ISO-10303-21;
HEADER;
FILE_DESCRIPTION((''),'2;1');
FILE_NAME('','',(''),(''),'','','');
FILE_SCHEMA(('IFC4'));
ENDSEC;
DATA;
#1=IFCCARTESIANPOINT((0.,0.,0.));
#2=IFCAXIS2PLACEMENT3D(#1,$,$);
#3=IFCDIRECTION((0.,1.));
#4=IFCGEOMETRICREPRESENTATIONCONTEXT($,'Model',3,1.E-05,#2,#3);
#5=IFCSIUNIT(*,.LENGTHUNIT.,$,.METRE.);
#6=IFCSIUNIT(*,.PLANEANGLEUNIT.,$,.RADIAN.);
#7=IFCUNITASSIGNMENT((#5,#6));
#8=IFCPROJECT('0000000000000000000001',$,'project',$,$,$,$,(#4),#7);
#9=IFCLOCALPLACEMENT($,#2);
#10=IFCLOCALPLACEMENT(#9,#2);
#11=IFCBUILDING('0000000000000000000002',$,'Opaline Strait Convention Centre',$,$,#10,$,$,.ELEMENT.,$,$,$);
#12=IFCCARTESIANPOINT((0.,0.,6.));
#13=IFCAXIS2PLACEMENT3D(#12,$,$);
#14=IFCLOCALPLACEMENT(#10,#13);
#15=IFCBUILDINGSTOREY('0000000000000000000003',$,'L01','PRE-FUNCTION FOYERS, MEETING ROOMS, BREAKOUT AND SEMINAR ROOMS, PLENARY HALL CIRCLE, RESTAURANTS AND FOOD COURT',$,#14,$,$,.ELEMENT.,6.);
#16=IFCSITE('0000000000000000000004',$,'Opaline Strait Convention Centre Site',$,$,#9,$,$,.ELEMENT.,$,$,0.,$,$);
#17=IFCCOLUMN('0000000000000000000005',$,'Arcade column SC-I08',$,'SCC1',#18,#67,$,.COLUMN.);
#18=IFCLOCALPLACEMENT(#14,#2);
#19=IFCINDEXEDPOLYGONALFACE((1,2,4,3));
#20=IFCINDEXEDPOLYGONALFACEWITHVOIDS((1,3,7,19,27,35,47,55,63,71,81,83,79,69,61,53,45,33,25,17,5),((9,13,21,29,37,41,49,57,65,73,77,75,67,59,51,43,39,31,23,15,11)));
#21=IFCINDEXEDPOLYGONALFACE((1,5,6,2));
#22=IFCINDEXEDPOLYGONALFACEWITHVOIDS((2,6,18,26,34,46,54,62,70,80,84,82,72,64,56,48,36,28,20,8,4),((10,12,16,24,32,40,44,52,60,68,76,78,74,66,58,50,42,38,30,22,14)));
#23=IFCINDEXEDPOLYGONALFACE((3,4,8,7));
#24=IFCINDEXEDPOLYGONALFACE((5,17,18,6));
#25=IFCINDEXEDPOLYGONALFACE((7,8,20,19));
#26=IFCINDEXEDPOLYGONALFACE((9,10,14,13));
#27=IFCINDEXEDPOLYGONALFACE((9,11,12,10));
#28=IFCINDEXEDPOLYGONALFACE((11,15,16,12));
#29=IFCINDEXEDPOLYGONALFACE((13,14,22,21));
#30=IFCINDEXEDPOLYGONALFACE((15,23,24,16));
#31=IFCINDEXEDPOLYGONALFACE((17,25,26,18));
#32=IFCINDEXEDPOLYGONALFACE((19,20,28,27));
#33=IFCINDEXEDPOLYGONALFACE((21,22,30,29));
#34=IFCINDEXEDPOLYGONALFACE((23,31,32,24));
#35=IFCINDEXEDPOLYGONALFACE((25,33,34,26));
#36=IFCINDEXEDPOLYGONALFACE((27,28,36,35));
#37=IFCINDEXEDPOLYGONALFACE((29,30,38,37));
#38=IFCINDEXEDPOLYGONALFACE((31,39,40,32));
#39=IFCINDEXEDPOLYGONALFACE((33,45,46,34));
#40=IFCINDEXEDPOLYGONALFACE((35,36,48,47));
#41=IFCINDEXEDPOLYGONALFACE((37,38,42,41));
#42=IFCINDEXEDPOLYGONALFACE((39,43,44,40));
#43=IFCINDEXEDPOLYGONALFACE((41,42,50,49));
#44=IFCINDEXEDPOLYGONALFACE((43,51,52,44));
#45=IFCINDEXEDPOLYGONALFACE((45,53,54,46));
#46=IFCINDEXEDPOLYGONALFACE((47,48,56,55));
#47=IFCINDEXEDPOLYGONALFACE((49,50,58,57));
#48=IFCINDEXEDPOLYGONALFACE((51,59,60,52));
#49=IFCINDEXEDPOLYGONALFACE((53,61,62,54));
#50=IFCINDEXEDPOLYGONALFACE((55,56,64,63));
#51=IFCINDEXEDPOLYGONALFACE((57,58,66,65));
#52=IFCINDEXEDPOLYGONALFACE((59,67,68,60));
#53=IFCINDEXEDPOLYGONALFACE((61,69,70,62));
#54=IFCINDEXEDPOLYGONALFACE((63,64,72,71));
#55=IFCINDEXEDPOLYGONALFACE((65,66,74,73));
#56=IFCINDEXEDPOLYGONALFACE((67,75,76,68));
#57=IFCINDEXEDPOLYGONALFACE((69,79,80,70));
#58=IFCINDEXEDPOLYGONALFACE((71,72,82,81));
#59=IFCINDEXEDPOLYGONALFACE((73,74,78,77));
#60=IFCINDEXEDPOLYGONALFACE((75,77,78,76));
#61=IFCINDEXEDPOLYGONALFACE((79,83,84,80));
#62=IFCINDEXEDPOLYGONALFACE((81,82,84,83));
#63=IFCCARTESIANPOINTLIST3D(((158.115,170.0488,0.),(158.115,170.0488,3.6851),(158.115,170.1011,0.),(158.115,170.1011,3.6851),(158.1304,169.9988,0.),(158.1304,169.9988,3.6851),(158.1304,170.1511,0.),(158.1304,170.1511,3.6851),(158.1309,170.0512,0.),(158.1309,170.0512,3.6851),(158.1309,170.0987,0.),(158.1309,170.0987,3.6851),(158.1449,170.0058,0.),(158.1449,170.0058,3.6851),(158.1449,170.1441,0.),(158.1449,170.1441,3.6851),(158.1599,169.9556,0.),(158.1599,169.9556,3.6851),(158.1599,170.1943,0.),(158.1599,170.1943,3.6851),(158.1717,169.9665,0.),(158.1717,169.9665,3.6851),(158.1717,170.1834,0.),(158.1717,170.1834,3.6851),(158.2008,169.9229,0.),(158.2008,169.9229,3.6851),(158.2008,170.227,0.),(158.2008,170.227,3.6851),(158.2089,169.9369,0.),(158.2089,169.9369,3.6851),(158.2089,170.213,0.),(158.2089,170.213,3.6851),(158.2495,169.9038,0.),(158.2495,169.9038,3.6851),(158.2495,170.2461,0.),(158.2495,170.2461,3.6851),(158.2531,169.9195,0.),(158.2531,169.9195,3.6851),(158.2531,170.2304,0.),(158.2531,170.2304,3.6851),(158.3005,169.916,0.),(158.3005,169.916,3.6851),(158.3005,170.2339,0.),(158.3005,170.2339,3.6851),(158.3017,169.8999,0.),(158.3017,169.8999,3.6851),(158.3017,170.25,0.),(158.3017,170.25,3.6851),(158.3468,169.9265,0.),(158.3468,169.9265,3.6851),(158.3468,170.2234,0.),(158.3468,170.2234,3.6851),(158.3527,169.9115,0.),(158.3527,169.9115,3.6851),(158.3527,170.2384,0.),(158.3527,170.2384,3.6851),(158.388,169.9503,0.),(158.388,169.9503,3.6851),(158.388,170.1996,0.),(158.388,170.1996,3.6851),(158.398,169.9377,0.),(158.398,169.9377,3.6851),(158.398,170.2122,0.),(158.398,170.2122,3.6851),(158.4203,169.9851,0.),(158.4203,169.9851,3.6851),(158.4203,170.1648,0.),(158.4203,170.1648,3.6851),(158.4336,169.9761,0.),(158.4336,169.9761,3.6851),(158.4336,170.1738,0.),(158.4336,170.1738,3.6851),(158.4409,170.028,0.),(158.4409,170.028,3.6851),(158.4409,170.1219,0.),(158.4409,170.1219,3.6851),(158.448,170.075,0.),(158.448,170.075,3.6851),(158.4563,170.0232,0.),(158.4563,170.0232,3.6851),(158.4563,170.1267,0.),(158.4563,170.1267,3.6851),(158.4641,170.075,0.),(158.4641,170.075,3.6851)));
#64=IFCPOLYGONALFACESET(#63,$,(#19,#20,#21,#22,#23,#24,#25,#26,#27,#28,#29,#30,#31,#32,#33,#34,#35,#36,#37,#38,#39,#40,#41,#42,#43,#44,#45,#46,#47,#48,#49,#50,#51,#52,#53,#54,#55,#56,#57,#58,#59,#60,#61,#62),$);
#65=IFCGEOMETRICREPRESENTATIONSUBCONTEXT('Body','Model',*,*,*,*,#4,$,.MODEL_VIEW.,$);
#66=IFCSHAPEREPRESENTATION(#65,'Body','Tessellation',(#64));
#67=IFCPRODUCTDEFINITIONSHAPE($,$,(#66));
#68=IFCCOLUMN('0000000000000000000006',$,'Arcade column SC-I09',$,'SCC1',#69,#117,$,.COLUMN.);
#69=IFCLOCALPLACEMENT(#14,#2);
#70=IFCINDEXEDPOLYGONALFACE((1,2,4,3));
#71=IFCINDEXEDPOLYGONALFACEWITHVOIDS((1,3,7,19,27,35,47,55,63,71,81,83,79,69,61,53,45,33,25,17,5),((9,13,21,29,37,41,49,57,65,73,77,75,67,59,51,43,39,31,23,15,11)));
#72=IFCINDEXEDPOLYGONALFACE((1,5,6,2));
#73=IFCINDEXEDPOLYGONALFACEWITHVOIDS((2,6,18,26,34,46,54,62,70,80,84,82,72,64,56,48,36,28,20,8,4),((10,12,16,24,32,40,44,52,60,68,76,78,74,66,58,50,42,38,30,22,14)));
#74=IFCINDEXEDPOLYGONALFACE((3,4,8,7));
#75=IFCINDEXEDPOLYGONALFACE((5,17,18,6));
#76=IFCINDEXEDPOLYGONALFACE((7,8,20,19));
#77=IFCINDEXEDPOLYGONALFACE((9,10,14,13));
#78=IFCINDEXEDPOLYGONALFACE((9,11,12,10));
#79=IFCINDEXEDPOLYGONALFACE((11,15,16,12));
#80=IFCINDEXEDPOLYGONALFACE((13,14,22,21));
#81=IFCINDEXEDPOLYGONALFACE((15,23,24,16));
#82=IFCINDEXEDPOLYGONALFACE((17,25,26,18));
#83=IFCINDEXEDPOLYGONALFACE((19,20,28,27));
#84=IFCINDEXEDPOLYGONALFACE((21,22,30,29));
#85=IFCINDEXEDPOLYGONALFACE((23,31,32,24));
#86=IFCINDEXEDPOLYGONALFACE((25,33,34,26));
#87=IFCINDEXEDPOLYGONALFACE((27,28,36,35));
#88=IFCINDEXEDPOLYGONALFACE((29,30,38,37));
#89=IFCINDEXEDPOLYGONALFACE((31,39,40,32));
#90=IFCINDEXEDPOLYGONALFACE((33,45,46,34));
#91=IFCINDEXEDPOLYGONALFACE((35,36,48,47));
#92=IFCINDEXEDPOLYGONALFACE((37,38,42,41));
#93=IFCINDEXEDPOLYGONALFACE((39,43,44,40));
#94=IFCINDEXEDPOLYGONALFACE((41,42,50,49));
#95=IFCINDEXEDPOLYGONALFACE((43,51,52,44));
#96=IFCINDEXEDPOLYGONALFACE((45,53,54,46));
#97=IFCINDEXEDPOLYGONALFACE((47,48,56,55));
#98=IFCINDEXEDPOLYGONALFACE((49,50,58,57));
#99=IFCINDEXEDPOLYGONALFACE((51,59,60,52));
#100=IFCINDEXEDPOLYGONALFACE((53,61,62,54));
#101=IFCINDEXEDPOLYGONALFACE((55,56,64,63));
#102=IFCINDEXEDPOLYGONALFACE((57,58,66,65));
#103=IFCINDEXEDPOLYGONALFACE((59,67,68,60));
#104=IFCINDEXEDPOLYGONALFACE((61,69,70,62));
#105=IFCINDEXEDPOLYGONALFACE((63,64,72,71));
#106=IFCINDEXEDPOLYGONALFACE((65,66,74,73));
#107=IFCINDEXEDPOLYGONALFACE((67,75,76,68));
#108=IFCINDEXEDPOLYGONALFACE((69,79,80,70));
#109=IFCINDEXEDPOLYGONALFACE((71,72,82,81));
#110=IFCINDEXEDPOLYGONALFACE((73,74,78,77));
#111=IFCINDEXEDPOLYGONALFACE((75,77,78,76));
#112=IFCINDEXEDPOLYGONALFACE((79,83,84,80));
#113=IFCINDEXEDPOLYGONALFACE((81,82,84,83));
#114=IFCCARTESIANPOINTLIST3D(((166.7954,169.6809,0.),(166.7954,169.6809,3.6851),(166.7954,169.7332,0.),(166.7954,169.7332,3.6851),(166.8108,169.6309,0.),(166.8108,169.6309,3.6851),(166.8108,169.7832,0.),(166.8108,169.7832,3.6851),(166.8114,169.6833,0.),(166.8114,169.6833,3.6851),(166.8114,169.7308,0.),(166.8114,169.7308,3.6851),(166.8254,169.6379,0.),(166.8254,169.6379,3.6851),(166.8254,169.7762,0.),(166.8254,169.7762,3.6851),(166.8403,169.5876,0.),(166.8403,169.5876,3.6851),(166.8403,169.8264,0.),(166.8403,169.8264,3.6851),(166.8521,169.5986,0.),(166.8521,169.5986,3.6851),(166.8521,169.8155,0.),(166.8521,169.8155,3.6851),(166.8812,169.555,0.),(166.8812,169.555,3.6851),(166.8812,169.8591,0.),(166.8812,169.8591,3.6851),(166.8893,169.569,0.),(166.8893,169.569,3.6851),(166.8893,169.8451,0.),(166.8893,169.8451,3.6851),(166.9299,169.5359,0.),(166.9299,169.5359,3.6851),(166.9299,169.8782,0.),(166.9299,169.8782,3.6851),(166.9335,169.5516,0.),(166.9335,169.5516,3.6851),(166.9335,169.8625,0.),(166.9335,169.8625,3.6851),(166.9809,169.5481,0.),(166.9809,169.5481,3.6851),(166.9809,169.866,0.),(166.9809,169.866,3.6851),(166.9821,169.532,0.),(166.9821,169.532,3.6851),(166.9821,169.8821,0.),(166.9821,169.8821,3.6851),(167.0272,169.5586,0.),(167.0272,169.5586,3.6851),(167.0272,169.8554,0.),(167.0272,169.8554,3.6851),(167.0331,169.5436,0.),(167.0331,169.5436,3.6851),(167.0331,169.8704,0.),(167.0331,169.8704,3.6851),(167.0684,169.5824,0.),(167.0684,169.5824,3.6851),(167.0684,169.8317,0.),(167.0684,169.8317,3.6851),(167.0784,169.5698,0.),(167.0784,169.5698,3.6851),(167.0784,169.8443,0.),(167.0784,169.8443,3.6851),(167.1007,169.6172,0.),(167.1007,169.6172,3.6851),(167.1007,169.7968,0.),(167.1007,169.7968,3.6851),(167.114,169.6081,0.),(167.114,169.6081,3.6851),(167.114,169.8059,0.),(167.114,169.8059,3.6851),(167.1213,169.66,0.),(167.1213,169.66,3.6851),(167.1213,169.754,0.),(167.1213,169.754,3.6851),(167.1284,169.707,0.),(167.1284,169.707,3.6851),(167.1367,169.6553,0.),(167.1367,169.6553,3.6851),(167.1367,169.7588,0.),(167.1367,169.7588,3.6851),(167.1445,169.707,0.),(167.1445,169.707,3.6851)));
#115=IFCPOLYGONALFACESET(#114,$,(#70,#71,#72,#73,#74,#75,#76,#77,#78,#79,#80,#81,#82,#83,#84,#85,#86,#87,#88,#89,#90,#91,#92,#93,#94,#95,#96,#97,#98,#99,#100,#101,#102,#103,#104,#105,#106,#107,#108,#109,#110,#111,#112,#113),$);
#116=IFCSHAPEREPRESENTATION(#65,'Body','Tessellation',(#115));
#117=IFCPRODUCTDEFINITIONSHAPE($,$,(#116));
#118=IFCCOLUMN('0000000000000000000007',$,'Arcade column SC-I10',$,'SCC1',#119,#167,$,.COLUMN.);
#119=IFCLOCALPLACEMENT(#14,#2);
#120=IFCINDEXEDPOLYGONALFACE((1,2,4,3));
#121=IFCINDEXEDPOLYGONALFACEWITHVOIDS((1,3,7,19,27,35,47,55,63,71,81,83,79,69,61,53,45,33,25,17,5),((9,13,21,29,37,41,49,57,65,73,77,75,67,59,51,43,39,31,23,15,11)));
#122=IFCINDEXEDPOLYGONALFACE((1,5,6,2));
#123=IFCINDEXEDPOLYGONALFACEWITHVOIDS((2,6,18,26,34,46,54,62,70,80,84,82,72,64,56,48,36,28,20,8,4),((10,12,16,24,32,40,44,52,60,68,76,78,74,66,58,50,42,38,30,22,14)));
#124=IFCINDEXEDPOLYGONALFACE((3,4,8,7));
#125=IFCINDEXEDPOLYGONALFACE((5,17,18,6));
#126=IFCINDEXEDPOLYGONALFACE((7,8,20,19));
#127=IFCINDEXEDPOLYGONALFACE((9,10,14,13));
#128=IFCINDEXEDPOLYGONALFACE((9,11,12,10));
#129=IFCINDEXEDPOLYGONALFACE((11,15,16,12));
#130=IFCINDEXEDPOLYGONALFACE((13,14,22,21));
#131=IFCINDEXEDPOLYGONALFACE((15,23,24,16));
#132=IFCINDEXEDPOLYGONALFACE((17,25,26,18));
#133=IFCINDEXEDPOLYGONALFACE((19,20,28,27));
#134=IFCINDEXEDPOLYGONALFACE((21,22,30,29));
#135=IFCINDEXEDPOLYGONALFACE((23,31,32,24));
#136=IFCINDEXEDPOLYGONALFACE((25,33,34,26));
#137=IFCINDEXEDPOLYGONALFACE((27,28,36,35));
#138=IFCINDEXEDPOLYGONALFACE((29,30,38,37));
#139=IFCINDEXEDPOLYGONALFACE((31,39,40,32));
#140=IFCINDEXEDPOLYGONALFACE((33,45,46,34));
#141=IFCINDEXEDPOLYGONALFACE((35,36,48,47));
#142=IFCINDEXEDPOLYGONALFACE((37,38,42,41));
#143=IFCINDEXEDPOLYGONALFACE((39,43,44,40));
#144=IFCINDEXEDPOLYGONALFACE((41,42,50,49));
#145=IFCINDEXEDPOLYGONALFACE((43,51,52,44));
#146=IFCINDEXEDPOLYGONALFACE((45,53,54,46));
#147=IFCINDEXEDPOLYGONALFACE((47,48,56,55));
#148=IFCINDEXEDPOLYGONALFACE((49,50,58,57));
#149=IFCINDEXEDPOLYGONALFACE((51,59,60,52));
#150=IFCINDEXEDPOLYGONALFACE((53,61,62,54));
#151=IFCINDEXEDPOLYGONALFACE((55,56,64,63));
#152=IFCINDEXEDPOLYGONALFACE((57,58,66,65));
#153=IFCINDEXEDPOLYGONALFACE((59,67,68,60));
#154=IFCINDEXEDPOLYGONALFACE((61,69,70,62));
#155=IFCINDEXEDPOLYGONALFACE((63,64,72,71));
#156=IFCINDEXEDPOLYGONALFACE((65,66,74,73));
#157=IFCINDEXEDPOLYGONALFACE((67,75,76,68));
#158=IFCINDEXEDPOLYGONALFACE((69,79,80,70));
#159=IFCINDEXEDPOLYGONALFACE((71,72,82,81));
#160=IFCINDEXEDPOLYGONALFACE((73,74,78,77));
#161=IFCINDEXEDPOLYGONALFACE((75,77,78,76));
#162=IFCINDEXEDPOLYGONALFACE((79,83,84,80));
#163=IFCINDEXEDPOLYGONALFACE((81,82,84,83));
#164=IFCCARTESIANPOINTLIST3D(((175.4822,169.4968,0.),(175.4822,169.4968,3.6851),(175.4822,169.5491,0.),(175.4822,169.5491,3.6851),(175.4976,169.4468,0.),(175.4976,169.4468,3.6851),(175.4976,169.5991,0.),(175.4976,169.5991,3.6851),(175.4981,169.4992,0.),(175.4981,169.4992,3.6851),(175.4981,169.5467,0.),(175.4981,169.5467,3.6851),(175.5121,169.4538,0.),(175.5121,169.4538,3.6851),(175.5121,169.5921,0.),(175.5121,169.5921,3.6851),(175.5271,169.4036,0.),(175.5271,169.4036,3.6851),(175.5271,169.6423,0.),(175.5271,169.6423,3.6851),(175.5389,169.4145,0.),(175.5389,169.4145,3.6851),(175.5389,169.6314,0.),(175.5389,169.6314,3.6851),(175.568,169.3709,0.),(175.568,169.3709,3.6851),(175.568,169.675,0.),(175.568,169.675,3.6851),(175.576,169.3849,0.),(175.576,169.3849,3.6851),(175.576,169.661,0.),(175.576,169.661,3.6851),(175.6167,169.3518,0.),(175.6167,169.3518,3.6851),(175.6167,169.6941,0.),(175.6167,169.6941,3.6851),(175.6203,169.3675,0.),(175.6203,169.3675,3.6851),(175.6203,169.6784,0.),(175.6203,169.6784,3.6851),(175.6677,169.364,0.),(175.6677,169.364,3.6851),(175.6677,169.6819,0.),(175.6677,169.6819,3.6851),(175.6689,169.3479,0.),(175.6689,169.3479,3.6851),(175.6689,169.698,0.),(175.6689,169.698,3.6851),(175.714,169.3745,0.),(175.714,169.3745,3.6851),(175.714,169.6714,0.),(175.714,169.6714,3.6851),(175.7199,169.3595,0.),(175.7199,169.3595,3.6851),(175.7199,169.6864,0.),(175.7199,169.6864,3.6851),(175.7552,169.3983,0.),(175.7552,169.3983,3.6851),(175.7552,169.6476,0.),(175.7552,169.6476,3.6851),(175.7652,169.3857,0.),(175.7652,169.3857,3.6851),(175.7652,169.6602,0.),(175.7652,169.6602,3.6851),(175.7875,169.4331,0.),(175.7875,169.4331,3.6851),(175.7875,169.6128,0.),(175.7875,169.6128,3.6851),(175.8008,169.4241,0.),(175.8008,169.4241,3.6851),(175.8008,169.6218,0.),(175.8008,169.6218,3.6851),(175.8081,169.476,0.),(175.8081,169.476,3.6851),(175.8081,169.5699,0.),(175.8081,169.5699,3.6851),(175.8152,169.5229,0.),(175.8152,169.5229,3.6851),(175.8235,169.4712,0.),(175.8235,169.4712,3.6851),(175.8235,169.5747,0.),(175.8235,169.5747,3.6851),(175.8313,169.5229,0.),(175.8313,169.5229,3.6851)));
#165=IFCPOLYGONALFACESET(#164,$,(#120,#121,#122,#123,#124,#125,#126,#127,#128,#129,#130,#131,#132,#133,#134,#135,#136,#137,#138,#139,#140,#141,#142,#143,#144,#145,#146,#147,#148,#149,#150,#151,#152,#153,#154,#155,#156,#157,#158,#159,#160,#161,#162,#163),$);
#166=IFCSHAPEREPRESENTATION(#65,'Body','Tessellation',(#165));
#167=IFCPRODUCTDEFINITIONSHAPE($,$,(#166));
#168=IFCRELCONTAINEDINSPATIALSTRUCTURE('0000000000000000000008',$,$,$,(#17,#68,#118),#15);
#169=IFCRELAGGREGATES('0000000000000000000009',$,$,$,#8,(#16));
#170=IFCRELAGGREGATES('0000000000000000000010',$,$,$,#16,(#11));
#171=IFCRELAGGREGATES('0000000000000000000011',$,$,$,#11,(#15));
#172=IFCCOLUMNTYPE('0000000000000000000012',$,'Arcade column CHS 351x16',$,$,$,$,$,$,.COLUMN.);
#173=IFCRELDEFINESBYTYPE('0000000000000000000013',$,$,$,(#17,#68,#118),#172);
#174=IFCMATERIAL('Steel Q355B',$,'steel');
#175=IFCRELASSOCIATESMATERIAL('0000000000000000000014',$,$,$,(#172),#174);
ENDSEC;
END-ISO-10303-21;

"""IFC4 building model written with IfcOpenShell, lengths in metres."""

from ifc_helpers import new_model, si_unit, direction, frame, origin, origin_2d, place, context, subcontext, project, spatial, hollow_circle, extrude, material, material_profile, profile_set, type_object, element, save


model = new_model("IFC4")

# Units and contexts
model_context = context("Model", 3, precision=1e-05, world=origin(), true_north=direction((0.0, 1.0)))
body_context = subcontext(model_context, "Body", "Model", "MODEL_VIEW")
ifc_project = project(units=[si_unit("LENGTHUNIT", "METRE"), si_unit("PLANEANGLEUNIT", "RADIAN")], contexts=[model_context])

# Site, building, storey
site_placement = place(None, origin())
site = spatial("IfcSite", under=ifc_project, at=site_placement, Name="Opaline Strait Convention Centre Site", CompositionType="ELEMENT", RefElevation=0.0)
building_placement = place(site_placement, origin())
building = spatial("IfcBuilding", under=site, at=building_placement, Name="Opaline Strait Convention Centre", CompositionType="ELEMENT")
storey_placement = place(building_placement, frame((0.0, 0.0, 6.0)))
storey = spatial("IfcBuildingStorey", under=building, at=storey_placement, Name="L01", Description="PRE-FUNCTION FOYERS, MEETING ROOMS, BREAKOUT AND SEMINAR ROOMS, PLENARY HALL CIRCLE, RESTAURANTS AND FOOD COURT", CompositionType="ELEMENT", Elevation=6.0)

# Columns
ifc_material_1 = material(Name="Steel Q355B", Category="steel")
ifc_material_profile_1 = material_profile(ifc_material_1, hollow_circle(Radius=0.1755, WallThickness=0.0161, at=origin_2d()), Name="CHS 351x16")
ifc_profile_set_1 = profile_set([ifc_material_profile_1], Name="Steel Q355B")
column_type = type_object("IfcColumnType", Name="Arcade column CHS 351x16", PredefinedType="COLUMN", material=ifc_profile_set_1)
for number, where, z_axis, x_axis, name in (
    (1, (158.2886, 170.075, 0.0), (0.0, 0.0, 1.0), (1.0, 0.0, 0.0), "Arcade column SC-I08"),
    (2, (166.969, 169.707, 0.0), (0.0, 0.0, 1.0), (1.0, 0.0, 0.0), "Arcade column SC-I09"),
    (3, (175.6558, 169.5229, 0.0), (0.0, 0.0, 1.0), (1.0, 0.0, 0.0), "Arcade column SC-I10"),
):
    element("IfcColumn", number, at=place(storey_placement, frame(where, z_axis=z_axis, x_axis=x_axis)), inside=storey, type_object=column_type, Name=name, ObjectType="SCC1", PredefinedType="COLUMN", context=body_context, shape_type="SweptSolid", body=[
        extrude(hollow_circle(Radius=0.1755, WallThickness=0.0161, at=origin_2d()), origin(), (0.0, 0.0, 1.0), 3.6851),
    ])

save(model, "model.ifc")
